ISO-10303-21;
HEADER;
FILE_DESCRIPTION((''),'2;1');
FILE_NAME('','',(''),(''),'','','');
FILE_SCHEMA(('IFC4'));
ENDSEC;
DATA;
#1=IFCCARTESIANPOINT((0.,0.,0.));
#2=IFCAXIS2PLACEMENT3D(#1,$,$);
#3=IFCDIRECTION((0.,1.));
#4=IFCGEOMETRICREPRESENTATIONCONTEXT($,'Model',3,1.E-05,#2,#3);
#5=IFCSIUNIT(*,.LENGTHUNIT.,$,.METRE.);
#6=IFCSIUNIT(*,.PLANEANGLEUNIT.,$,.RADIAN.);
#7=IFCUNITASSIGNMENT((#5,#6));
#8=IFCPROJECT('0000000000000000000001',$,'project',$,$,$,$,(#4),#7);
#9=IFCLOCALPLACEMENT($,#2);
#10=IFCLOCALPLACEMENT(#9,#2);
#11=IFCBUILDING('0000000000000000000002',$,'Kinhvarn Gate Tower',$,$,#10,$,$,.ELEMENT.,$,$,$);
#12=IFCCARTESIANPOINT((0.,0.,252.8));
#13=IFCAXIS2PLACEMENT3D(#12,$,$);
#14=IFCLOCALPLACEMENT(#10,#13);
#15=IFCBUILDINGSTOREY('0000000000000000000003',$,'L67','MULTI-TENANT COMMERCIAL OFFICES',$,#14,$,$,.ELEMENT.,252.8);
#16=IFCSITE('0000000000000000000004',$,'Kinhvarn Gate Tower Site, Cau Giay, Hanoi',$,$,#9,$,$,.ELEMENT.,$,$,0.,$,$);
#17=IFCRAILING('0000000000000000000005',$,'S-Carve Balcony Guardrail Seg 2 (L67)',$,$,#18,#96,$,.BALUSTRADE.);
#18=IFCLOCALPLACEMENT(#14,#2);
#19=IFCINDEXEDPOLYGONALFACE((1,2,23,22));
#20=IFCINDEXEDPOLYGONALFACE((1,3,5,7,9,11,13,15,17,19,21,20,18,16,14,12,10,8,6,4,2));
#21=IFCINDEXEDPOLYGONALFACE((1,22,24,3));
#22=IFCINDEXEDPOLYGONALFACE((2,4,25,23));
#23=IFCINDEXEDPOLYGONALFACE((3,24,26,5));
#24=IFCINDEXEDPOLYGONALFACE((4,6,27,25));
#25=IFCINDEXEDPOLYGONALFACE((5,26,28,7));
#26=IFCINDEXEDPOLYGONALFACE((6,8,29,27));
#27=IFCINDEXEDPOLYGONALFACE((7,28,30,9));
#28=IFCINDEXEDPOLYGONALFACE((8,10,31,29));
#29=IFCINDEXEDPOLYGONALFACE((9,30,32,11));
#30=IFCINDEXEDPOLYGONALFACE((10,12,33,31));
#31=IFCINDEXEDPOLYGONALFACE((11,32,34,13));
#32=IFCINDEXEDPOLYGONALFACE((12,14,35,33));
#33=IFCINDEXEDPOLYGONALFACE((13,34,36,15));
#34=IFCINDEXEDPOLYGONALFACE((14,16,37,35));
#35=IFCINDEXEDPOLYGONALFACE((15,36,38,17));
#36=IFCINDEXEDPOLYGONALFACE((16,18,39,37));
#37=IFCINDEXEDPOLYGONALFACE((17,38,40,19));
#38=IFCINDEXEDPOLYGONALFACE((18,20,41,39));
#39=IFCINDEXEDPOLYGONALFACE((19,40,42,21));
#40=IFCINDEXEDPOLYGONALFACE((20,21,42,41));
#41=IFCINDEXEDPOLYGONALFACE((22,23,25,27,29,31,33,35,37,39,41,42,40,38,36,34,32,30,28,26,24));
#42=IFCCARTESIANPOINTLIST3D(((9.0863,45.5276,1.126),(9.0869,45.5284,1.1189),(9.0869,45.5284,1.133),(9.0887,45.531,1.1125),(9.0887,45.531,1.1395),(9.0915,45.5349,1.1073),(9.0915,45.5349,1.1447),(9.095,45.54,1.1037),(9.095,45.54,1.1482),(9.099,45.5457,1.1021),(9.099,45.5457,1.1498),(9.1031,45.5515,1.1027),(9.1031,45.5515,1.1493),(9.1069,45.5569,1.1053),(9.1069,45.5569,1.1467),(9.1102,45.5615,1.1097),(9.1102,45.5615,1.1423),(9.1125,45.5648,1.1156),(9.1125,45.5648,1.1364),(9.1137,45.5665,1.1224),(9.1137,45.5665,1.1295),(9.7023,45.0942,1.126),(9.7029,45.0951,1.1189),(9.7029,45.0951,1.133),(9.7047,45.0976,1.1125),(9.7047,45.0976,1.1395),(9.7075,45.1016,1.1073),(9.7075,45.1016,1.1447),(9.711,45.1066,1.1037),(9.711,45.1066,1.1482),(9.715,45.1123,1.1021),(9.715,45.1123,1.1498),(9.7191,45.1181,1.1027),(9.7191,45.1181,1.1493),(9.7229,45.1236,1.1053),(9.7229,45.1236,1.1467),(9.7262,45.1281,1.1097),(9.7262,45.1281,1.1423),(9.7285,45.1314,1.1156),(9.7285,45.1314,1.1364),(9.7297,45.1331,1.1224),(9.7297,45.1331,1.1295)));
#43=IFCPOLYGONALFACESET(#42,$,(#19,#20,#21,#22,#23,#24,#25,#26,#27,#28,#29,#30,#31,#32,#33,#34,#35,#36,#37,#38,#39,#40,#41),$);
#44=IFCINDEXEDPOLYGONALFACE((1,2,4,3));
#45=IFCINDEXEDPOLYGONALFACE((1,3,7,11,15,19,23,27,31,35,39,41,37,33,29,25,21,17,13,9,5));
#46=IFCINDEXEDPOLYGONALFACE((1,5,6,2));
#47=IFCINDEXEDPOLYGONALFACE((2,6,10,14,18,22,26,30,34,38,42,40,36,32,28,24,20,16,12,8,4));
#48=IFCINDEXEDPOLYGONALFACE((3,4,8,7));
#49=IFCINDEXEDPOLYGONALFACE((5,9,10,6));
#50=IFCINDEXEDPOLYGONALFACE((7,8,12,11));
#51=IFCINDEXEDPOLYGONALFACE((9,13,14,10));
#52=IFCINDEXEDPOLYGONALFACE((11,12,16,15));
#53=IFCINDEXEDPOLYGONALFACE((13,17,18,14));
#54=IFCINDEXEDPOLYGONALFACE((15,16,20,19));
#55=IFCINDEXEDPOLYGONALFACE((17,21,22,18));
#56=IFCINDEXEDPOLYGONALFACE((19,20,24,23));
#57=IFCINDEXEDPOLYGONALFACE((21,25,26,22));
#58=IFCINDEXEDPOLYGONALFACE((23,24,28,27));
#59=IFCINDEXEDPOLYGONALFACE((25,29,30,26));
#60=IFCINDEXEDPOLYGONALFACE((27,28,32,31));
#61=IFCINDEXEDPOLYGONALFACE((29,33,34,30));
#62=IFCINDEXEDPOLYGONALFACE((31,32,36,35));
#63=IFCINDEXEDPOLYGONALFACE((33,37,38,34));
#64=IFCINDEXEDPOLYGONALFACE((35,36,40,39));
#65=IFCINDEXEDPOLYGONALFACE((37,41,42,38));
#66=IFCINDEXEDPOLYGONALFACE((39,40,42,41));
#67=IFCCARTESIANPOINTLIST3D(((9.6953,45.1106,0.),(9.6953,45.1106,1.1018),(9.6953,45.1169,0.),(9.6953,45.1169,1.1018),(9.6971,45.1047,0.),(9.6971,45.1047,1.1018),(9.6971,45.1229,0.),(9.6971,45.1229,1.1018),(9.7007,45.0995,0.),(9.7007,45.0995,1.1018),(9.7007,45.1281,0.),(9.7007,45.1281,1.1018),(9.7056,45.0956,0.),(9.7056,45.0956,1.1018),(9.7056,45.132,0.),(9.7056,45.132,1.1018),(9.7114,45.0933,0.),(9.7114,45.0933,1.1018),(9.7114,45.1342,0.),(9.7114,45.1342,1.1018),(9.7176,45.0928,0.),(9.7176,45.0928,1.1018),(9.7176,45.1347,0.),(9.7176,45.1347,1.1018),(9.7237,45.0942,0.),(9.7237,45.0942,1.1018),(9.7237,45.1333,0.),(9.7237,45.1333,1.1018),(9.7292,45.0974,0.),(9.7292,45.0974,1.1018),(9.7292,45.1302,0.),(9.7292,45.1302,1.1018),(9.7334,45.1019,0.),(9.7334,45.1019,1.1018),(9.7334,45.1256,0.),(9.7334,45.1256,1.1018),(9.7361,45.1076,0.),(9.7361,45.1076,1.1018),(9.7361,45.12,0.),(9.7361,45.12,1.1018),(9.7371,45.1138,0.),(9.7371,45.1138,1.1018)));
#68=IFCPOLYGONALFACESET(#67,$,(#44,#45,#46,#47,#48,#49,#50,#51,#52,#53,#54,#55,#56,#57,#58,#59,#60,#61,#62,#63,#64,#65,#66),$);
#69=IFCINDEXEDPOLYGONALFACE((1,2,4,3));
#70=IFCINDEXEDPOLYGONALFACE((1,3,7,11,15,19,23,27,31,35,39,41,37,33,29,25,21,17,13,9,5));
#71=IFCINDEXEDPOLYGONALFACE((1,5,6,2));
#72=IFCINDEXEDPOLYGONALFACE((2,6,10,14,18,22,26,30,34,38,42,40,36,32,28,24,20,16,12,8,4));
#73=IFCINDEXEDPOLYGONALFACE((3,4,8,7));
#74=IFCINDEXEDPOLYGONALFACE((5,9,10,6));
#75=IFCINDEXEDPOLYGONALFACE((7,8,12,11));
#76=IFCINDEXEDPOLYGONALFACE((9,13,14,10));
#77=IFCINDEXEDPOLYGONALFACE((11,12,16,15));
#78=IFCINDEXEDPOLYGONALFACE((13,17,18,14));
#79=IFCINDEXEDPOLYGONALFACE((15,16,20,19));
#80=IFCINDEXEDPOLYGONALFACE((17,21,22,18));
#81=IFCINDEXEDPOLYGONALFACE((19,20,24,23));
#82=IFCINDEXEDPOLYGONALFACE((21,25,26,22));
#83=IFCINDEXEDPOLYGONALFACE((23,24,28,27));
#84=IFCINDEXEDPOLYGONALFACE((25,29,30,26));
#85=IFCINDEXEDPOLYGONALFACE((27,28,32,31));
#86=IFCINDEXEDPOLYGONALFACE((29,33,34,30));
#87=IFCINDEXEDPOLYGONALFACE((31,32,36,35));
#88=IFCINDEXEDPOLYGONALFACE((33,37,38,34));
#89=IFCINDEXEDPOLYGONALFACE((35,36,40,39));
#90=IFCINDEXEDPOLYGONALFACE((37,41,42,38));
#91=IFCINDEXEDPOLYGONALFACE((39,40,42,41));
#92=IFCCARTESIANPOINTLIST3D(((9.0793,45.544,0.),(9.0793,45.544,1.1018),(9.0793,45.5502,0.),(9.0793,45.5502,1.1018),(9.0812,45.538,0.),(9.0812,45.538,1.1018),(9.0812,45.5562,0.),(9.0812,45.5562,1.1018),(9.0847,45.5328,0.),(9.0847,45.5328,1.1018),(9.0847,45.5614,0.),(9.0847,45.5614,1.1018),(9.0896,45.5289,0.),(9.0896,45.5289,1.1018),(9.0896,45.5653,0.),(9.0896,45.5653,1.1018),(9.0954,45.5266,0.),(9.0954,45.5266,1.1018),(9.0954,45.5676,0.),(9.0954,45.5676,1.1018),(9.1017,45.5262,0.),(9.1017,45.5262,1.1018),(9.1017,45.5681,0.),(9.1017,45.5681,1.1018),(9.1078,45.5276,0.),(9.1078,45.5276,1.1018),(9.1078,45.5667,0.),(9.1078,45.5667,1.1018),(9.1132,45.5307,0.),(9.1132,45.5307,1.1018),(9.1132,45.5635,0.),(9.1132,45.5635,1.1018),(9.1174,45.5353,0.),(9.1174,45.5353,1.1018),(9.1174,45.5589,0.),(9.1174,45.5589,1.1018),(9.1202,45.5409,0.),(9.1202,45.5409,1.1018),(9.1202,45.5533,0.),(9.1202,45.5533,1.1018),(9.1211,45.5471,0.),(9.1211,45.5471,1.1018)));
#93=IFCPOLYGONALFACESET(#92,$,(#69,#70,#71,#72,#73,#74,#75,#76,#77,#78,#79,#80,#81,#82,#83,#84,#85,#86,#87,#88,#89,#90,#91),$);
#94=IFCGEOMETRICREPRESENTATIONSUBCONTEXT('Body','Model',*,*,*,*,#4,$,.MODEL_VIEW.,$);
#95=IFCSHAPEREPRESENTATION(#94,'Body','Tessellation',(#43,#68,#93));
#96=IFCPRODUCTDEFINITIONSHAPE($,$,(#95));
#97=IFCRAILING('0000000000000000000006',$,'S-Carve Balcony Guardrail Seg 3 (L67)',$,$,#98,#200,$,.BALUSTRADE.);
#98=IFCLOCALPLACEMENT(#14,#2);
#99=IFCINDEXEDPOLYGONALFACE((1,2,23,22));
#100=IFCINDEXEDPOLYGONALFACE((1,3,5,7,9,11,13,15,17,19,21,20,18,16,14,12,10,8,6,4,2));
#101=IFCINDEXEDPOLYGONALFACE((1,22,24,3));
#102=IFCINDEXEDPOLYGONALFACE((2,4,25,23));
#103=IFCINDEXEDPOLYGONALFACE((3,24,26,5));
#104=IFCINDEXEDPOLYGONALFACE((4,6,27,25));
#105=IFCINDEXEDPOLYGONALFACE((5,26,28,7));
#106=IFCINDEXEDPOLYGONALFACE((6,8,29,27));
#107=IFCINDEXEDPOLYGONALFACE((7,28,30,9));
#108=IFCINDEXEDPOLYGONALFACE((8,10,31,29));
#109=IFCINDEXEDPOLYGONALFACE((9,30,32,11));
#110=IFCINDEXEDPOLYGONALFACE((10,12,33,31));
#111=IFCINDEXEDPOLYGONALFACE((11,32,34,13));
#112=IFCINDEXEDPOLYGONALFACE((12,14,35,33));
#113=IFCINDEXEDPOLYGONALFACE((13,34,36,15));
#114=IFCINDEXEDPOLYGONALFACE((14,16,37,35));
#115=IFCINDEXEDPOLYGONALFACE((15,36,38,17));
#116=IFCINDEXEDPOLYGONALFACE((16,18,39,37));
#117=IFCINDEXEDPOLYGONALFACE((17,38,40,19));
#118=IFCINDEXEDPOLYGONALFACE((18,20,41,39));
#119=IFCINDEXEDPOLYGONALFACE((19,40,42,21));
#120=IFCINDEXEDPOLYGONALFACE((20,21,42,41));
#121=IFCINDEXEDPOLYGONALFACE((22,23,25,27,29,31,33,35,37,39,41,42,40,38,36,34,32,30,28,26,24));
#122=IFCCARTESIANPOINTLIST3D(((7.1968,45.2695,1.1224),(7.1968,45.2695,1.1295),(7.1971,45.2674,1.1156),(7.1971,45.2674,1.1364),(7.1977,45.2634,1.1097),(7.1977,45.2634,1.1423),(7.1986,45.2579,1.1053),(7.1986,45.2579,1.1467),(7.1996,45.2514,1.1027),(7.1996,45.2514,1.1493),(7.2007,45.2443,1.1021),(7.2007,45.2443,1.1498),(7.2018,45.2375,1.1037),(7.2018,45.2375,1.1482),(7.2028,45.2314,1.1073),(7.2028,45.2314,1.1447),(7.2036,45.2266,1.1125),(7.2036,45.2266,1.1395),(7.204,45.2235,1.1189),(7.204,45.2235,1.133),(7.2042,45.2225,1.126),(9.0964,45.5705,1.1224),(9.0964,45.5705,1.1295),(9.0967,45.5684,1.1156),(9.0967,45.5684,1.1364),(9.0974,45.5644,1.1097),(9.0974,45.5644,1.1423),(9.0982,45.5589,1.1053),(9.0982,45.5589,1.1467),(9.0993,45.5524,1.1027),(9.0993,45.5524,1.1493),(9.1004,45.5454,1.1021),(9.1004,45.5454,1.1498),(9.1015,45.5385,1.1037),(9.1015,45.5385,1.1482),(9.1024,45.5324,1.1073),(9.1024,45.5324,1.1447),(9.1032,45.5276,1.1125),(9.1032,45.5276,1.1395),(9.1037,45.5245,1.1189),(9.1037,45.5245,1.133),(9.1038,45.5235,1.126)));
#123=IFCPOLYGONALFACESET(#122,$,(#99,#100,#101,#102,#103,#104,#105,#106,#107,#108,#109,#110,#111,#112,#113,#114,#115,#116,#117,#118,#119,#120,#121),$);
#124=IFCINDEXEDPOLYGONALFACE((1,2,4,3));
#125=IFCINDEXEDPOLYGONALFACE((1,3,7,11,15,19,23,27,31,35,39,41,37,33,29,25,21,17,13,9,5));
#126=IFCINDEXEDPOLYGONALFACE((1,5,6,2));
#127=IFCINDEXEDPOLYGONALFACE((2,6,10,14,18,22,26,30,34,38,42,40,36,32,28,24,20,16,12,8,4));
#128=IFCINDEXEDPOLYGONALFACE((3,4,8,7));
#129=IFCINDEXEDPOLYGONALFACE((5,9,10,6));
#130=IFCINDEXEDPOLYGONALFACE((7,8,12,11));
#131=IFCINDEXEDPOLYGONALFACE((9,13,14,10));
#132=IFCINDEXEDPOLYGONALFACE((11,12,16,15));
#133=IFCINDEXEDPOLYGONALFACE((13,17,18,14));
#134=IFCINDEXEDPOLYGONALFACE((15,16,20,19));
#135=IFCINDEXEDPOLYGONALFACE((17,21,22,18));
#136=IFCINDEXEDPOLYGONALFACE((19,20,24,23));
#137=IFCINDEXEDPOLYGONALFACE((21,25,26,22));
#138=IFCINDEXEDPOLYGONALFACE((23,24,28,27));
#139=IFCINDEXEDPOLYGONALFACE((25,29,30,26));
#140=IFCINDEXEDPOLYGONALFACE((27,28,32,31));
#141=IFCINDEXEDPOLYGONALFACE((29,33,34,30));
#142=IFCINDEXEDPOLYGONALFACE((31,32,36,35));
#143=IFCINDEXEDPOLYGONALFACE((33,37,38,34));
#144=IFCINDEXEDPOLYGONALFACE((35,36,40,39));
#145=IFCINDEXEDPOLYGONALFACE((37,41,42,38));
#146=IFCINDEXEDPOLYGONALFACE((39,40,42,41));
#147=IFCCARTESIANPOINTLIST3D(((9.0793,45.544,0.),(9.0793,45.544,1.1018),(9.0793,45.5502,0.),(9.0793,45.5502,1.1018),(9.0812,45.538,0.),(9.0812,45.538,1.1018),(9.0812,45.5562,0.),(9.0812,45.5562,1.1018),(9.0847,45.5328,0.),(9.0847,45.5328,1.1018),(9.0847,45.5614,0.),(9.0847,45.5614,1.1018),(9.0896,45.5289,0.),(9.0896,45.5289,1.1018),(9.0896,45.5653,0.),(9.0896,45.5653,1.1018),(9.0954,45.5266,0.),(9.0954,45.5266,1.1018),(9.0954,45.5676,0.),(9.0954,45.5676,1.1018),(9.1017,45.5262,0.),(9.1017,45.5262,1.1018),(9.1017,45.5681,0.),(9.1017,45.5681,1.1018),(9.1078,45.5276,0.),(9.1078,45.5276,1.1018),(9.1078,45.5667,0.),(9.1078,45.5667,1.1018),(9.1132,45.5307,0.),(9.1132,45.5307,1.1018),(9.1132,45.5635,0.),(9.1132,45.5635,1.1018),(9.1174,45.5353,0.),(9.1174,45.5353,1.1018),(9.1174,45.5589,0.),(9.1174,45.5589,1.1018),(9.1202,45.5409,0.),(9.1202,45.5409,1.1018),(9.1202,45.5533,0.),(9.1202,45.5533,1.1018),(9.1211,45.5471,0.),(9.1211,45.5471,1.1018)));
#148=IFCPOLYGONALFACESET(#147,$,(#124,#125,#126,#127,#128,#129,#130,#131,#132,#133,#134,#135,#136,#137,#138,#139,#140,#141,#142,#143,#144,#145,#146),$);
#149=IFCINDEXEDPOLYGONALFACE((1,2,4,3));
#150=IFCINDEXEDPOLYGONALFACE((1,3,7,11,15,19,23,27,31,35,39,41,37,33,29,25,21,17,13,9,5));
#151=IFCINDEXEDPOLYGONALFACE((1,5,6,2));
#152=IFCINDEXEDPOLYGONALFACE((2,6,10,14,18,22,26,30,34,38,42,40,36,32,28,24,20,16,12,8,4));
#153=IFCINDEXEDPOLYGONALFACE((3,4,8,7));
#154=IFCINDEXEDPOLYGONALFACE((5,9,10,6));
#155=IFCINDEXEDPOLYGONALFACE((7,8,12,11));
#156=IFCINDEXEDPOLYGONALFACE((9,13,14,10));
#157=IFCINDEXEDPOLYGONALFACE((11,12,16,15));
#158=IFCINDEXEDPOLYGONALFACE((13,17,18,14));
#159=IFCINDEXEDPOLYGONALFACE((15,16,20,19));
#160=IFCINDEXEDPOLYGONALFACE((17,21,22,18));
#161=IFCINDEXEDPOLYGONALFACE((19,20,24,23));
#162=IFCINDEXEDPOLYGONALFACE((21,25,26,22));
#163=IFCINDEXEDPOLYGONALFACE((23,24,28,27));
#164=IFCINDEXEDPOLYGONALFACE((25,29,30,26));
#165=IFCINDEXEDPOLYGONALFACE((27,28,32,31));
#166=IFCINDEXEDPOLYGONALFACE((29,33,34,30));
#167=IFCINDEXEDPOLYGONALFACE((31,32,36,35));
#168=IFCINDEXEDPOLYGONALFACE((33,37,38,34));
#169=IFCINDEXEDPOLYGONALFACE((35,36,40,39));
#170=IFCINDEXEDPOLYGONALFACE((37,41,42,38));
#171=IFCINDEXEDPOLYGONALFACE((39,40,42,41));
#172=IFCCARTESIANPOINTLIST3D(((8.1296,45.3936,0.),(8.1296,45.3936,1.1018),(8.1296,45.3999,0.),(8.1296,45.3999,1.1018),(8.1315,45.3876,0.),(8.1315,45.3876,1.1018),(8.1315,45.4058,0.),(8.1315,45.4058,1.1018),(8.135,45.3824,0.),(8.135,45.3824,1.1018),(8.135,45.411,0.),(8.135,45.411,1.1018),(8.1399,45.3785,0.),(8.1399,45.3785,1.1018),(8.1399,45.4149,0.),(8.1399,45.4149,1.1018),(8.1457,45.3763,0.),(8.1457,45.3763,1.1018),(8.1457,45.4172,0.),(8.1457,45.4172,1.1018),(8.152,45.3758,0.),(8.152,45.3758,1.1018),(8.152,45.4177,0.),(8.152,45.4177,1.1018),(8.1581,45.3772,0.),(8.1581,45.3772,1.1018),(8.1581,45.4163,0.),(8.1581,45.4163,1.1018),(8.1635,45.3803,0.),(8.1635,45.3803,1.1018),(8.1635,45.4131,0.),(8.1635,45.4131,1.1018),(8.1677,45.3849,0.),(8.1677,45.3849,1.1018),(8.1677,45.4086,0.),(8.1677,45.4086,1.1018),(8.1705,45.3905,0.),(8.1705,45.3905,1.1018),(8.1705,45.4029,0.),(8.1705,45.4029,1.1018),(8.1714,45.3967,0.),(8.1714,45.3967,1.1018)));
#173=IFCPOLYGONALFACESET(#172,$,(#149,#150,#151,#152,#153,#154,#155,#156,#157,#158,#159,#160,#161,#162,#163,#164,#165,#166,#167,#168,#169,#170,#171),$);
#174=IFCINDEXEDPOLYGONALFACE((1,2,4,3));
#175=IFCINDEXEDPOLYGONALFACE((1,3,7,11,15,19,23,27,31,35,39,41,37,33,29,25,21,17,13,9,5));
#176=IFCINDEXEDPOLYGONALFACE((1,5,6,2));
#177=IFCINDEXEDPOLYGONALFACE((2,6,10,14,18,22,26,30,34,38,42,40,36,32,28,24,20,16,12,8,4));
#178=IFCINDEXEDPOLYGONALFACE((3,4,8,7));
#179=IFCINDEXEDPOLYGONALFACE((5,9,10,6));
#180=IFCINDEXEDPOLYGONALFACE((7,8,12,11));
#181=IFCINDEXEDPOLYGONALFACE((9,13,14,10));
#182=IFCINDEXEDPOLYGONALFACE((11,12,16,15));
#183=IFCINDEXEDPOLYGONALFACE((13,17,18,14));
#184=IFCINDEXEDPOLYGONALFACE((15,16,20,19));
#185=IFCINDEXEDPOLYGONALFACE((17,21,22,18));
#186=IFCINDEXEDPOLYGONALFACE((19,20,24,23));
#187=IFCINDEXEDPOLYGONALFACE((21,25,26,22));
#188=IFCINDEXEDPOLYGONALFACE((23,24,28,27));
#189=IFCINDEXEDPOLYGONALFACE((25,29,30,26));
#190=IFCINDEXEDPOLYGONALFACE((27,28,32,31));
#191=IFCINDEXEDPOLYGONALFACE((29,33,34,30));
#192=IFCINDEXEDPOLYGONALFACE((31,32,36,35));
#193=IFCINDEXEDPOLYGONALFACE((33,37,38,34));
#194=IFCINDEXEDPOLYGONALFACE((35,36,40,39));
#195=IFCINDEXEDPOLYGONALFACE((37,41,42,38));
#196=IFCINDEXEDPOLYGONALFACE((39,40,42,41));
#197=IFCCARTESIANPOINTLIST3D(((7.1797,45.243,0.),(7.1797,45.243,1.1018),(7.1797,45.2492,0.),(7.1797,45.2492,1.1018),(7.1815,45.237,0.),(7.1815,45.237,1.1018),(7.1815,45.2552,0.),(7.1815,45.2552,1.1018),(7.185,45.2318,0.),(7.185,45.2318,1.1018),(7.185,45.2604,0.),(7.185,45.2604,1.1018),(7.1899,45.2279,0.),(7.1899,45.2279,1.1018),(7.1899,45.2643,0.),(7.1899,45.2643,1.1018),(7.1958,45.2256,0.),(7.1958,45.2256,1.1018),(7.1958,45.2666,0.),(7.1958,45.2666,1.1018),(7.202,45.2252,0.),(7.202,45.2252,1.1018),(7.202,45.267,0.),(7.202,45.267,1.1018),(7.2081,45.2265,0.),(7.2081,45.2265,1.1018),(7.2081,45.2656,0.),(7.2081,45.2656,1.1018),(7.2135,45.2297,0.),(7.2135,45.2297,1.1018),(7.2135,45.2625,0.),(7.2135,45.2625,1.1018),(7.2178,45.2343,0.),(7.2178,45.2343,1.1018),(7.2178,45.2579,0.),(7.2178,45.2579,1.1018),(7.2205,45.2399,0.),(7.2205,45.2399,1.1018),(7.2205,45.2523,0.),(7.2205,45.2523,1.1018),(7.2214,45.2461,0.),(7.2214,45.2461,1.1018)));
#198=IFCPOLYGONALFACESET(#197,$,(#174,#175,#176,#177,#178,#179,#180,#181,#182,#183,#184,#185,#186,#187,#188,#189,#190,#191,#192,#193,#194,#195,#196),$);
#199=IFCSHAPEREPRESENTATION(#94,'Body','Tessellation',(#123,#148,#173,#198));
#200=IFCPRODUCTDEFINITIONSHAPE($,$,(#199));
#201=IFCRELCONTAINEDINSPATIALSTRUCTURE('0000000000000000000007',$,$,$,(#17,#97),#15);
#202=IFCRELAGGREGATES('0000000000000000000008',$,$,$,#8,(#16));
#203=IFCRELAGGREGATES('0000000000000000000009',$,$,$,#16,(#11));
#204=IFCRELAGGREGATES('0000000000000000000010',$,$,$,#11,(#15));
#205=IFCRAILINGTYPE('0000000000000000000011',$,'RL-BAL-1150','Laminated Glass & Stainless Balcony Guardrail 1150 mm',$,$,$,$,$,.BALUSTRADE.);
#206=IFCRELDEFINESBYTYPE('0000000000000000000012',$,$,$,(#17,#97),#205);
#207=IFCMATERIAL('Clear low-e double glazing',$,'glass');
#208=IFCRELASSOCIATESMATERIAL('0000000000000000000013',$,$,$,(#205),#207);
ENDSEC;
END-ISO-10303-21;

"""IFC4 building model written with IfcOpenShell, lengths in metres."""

from ifc_helpers import new_model, si_unit, direction, frame, origin, origin_2d, place, context, subcontext, project, spatial, circle, extrude, material, type_object, element, save


model = new_model("IFC4")

# Units and contexts
model_context = context("Model", 3, precision=1e-05, world=origin(), true_north=direction((0.0, 1.0)))
body_context = subcontext(model_context, "Body", "Model", "MODEL_VIEW")
ifc_project = project(units=[si_unit("LENGTHUNIT", "METRE"), si_unit("PLANEANGLEUNIT", "RADIAN")], contexts=[model_context])

# Site, building, storey
site_placement = place(None, origin())
site = spatial("IfcSite", under=ifc_project, at=site_placement, Name="Kinhvarn Gate Tower Site, Cau Giay, Hanoi", CompositionType="ELEMENT", RefElevation=0.0)
building_placement = place(site_placement, origin())
building = spatial("IfcBuilding", under=site, at=building_placement, Name="Kinhvarn Gate Tower", CompositionType="ELEMENT")
storey_placement = place(building_placement, frame((0.0, 0.0, 252.8)))
storey = spatial("IfcBuildingStorey", under=building, at=storey_placement, Name="L67", Description="MULTI-TENANT COMMERCIAL OFFICES", CompositionType="ELEMENT", Elevation=252.8)

# Shared definitions
ifc_material_1 = material(Name="Clear low-e double glazing", Category="glass")

# Railings
railing_type = type_object("IfcRailingType", Name="RL-BAL-1150", Description="Laminated Glass & Stainless Balcony Guardrail 1150 mm", PredefinedType="BALUSTRADE", material=ifc_material_1)
railing_1_placement = place(storey_placement, frame((9.7161, 45.1138, 0.0)))
element("IfcRailing", 1, at=railing_1_placement, inside=storey, type_object=railing_type, Name="S-Carve Balcony Guardrail Seg 2 (L67)", PredefinedType="BALUSTRADE", context=body_context, shape_type="SweptSolid", body=[
    extrude(circle(Radius=0.0239, at=origin_2d()), frame((0.0, 0.0, 1.126), z_axis=(-0.817874, 0.575397, 0.0), x_axis=(-0.575397, -0.817874, 0.0)), (0.0, 0.0, 1.0), 0.7532),
    extrude(circle(Radius=0.021, at=origin_2d()), origin(), (0.0, 0.0, 1.0), 1.1018),
    extrude(circle(Radius=0.021, at=origin_2d()), frame((-0.616, 0.4333, 0.0)), (0.0, 0.0, 1.0), 1.1018),
])
railing_2_placement = place(storey_placement, frame((9.1001, 45.5471, 0.0)))
element("IfcRailing", 2, at=railing_2_placement, inside=storey, type_object=railing_type, Name="S-Carve Balcony Guardrail Seg 3 (L67)", PredefinedType="BALUSTRADE", context=body_context, shape_type="SweptSolid", body=[
    extrude(circle(Radius=0.0239, at=origin_2d()), frame((0.0, 0.0, 1.126), z_axis=(-0.987676, -0.15651, 0.0), x_axis=(0.15651, -0.987676, 0.0)), (0.0, 0.0, 1.0), 1.9233),
    extrude(circle(Radius=0.021, at=origin_2d()), origin(), (0.0, 0.0, 1.0), 1.1018),
    extrude(circle(Radius=0.021, at=origin_2d()), frame((-0.9497, -0.1504, 0.0)), (0.0, 0.0, 1.0), 1.1018),
    extrude(circle(Radius=0.021, at=origin_2d()), frame((-1.8997, -0.301, 0.0)), (0.0, 0.0, 1.0), 1.1018),
])

save(model, "model.ifc")
